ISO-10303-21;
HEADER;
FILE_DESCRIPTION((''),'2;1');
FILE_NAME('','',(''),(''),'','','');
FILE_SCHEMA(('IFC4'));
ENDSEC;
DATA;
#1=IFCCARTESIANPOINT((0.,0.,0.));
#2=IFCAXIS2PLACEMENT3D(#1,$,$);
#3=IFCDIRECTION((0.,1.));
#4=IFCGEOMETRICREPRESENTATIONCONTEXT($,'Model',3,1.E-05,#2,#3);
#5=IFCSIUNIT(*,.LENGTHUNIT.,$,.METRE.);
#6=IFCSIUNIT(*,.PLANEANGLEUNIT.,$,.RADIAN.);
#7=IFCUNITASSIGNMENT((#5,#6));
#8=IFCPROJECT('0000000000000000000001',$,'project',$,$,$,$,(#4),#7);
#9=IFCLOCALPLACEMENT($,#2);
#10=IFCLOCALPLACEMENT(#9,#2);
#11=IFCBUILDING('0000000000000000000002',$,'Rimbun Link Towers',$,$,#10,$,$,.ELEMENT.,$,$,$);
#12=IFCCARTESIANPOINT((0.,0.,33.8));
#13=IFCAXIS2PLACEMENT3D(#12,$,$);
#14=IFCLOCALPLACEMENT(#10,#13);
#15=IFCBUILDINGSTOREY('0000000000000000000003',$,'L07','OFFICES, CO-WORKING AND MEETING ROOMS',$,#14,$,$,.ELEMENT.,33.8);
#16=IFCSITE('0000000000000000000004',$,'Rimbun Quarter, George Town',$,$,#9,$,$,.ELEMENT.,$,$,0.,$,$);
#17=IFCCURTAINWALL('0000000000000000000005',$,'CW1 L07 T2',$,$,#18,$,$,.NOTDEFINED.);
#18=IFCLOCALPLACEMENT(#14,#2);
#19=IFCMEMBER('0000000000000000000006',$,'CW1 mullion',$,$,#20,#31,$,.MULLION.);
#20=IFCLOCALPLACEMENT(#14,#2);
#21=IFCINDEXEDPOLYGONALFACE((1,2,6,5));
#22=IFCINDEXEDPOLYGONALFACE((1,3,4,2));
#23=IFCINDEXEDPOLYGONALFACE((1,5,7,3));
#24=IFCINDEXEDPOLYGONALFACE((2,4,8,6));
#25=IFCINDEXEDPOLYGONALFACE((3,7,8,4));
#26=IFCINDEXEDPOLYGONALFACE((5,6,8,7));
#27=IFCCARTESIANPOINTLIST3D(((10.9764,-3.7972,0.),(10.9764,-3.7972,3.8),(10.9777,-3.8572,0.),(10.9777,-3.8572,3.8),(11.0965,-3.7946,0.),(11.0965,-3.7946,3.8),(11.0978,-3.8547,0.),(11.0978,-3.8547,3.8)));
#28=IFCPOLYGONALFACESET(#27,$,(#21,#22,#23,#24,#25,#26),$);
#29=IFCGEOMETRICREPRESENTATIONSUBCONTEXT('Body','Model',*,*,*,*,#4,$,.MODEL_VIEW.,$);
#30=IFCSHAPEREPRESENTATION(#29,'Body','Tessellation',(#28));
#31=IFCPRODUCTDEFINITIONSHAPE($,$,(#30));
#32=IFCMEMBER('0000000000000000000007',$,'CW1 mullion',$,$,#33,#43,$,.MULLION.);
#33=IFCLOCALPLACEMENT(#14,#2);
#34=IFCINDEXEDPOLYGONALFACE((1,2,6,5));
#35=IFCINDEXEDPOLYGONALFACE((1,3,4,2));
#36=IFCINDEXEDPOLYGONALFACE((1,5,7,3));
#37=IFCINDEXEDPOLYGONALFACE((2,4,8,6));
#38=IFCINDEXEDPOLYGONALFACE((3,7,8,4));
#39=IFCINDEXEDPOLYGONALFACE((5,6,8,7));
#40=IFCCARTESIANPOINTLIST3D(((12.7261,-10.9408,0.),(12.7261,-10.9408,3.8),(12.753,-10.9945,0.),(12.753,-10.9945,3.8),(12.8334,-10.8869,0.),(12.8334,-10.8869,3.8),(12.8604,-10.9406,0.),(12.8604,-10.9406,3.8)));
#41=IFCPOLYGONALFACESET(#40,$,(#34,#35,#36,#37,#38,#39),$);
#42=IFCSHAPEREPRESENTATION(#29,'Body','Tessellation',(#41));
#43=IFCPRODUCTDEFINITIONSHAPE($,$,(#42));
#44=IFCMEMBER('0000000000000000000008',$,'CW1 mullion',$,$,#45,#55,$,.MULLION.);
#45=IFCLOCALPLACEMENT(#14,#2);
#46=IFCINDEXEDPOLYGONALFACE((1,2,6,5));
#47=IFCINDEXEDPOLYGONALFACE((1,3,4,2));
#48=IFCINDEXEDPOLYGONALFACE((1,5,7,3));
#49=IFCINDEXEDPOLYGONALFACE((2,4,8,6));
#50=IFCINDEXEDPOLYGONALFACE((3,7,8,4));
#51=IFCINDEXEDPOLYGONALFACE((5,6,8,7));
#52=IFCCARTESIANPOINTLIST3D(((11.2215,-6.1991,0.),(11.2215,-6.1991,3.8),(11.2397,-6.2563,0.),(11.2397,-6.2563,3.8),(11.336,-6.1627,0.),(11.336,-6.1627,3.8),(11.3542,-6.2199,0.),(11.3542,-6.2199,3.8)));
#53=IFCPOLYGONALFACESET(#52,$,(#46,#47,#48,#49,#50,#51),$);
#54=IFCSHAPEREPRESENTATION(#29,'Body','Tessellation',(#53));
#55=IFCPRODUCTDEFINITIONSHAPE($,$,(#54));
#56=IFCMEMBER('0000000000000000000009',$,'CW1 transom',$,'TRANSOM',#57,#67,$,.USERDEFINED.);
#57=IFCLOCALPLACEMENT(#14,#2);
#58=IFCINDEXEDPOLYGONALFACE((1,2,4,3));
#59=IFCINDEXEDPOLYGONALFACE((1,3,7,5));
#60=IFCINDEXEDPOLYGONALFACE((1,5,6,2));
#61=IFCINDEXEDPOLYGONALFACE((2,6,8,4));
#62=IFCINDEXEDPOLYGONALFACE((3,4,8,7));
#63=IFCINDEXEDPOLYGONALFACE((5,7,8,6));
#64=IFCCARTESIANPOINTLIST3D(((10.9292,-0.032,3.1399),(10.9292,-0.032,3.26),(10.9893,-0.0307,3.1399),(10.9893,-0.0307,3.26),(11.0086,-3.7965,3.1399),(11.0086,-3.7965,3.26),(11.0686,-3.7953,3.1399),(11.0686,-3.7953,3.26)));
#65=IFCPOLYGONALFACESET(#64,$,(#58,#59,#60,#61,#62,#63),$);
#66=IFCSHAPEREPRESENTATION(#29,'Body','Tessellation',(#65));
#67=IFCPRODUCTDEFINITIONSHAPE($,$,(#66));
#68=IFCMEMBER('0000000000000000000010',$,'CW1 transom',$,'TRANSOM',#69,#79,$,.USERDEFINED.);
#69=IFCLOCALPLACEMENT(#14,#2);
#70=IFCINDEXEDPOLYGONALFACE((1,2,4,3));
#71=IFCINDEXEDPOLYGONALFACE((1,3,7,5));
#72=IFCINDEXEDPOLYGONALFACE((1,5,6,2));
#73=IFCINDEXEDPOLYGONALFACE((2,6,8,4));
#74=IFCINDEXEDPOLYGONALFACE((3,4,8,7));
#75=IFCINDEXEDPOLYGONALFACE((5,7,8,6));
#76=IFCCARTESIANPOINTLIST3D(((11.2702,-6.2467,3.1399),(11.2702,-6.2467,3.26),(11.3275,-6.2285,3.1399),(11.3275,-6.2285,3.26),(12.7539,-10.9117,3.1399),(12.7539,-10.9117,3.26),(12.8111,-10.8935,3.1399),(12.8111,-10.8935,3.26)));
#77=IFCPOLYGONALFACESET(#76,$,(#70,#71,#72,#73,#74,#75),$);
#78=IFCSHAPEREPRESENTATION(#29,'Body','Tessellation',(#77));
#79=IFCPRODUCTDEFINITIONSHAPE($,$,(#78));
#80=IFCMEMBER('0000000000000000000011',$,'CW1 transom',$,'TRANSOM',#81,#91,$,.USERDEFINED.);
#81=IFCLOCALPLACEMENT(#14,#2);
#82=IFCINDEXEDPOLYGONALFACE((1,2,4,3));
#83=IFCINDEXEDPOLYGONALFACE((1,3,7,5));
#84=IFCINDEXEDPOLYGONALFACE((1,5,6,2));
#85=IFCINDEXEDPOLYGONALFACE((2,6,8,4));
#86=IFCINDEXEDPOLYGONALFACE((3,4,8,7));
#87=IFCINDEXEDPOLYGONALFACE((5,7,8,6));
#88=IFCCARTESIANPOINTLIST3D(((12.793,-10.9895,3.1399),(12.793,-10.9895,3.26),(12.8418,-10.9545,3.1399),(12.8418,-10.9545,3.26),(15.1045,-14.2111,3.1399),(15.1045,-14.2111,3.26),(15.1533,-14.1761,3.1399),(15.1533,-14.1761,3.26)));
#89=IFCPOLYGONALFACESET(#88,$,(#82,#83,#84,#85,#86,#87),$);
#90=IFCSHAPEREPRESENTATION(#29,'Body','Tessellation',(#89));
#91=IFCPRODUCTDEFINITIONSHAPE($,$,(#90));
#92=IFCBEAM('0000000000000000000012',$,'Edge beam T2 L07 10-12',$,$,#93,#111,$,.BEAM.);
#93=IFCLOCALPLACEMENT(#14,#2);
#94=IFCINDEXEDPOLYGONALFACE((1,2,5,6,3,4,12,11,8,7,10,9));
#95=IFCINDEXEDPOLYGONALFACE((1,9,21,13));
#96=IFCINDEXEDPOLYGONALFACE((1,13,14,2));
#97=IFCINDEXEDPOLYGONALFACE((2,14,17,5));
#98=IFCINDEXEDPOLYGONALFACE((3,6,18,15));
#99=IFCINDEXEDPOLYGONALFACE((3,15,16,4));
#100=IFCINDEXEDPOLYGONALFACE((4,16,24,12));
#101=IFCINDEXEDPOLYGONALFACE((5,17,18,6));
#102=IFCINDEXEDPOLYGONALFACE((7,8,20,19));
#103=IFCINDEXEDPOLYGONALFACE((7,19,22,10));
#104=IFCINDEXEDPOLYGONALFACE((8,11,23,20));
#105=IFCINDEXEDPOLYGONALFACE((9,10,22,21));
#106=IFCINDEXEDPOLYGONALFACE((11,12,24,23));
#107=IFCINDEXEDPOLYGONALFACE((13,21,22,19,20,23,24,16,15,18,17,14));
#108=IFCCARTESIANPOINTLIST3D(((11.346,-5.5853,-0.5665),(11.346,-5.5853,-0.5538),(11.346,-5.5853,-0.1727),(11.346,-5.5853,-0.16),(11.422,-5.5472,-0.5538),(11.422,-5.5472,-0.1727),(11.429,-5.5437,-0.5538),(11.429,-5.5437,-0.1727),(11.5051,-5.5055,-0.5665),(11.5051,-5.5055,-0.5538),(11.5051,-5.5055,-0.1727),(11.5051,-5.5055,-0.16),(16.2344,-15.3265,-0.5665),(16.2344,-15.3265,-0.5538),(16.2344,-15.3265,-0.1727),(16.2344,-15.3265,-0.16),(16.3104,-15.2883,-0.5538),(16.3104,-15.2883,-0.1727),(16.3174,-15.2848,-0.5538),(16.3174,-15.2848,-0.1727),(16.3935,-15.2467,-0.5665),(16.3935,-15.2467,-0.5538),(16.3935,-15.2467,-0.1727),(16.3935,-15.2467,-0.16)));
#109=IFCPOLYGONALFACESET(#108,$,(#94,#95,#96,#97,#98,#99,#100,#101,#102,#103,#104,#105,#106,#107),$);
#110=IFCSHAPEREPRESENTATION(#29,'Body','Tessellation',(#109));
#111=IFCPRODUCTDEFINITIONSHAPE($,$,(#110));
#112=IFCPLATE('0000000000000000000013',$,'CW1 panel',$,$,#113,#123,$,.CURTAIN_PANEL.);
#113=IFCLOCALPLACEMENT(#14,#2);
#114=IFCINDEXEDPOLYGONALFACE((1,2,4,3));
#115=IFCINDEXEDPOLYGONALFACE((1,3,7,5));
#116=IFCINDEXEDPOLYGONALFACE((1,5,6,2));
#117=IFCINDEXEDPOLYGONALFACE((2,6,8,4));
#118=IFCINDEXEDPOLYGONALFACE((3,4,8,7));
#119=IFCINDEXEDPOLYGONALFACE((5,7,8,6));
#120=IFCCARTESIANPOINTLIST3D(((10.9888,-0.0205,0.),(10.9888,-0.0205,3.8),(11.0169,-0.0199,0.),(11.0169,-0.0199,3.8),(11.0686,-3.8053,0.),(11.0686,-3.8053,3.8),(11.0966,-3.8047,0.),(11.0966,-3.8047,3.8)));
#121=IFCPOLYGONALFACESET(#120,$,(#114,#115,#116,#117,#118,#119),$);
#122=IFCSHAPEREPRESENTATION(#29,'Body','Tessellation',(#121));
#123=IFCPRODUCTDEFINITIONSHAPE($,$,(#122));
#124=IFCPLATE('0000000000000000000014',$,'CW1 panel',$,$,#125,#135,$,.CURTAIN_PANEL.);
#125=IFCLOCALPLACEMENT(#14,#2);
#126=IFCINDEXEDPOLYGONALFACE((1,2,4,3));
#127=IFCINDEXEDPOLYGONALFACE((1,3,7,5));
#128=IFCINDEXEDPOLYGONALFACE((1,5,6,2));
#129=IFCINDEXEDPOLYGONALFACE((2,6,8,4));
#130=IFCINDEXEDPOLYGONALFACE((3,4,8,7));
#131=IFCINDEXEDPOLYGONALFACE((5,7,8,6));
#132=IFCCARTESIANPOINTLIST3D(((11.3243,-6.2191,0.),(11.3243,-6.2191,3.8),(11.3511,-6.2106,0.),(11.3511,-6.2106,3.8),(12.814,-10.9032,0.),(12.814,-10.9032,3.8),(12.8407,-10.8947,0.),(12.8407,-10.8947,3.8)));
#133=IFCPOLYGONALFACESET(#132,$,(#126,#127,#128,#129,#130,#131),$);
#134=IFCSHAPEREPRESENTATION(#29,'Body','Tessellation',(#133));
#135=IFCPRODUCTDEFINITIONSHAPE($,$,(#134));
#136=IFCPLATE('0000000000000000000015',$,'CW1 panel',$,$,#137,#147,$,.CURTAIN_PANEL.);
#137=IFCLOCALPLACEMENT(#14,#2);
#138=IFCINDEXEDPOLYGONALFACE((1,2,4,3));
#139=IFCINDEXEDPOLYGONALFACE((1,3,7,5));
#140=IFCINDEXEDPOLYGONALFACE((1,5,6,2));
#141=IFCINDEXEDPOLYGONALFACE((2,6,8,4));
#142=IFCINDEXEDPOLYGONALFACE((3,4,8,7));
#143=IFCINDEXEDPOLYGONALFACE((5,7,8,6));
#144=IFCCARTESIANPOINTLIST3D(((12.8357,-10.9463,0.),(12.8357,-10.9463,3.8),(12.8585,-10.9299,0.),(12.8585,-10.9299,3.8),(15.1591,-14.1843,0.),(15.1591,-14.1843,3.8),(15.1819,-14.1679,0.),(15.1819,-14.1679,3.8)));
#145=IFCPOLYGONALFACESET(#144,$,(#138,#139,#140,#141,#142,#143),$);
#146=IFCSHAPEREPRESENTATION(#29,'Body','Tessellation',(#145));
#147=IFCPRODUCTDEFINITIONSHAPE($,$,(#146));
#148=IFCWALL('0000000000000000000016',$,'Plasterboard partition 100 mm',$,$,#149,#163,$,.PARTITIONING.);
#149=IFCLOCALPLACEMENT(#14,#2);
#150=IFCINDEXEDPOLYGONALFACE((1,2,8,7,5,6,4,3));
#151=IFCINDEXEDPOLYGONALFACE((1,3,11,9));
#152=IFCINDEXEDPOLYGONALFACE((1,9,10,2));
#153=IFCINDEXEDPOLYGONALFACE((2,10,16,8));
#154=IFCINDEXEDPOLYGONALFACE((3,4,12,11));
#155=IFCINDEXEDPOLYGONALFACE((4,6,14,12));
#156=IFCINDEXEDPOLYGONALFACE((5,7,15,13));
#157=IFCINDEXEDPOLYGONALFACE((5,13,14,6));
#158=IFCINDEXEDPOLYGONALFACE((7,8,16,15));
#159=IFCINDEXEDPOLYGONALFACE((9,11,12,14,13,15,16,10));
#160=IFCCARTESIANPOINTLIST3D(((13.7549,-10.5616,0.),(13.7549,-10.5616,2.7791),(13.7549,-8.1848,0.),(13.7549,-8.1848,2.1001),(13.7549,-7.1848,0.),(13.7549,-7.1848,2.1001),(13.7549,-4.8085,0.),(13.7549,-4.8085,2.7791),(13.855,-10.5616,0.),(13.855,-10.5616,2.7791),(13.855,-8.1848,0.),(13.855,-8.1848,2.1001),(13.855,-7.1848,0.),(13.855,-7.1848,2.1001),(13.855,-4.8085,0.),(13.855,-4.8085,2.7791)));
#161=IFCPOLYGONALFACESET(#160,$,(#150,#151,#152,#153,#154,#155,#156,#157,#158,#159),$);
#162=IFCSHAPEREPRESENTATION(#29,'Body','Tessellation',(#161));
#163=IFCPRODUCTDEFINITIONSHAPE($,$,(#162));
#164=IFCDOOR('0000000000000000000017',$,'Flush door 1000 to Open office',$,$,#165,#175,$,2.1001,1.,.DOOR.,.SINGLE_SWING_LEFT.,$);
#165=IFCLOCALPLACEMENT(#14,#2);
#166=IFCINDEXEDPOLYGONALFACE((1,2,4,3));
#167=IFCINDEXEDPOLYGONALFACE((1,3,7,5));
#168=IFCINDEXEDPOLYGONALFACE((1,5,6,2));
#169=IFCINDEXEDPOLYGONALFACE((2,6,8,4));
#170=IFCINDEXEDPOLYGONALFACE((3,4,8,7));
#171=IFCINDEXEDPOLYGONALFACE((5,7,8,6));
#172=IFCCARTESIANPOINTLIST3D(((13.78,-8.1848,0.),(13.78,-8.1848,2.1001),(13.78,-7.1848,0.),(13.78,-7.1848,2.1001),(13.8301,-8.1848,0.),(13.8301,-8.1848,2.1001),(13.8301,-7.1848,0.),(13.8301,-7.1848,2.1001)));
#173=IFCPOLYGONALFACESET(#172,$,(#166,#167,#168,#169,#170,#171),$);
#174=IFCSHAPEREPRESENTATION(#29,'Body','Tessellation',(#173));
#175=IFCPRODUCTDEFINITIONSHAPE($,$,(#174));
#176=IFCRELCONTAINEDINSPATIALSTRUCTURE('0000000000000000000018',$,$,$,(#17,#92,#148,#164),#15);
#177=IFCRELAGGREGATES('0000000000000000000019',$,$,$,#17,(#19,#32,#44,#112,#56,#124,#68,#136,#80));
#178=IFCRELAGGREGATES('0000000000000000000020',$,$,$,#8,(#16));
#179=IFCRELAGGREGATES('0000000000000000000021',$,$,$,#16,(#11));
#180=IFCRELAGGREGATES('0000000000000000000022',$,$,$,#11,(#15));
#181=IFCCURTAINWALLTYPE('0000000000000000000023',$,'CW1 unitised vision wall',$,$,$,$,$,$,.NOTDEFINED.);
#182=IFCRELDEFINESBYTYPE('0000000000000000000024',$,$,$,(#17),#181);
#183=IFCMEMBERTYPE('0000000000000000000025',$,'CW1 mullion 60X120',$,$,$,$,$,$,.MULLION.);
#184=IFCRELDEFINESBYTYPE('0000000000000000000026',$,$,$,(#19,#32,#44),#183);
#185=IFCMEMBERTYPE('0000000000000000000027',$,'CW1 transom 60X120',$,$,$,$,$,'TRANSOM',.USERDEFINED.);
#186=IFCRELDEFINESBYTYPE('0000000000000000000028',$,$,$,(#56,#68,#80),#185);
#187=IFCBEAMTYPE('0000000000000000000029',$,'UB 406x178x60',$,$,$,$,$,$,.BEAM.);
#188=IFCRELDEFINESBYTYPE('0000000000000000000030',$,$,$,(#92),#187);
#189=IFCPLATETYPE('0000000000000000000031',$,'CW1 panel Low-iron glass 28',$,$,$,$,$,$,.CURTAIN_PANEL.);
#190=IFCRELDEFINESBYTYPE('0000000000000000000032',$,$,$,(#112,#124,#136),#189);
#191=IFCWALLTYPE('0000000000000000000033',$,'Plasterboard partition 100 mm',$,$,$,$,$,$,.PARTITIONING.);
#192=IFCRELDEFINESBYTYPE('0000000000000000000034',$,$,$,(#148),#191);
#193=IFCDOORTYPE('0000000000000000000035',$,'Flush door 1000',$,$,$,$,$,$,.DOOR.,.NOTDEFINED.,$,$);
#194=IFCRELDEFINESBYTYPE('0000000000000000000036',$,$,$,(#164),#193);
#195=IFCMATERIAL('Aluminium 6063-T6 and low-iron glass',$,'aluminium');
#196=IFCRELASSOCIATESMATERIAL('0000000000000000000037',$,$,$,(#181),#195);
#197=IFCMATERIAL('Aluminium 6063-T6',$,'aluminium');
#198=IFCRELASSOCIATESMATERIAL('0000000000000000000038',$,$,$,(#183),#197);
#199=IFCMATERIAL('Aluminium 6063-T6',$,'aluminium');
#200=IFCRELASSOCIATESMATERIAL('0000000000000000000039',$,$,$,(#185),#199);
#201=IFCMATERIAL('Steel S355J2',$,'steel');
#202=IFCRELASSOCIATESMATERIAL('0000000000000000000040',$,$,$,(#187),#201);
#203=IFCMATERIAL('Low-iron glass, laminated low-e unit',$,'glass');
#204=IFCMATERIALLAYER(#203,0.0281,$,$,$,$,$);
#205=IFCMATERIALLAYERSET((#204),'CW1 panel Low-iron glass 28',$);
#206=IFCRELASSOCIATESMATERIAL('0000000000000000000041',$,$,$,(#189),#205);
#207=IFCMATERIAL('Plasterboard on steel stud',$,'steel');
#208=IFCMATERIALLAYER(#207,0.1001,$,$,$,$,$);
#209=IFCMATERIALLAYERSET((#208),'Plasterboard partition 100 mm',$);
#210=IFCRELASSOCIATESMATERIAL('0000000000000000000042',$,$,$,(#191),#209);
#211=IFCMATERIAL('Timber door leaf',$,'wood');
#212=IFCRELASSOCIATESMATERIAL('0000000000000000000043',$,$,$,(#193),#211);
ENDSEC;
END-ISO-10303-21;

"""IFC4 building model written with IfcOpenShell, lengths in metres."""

from ifc_helpers import new_model, si_unit, direction, frame, frame_2d, origin, origin_2d, place, context, subcontext, project, spatial, rectangle, i_section, extrude, material, layer, layer_set, material_profile, profile_set, type_object, element, fill, aggregate, save


model = new_model("IFC4")

# Units and contexts
model_context = context("Model", 3, precision=1e-05, world=origin(), true_north=direction((0.0, 1.0)))
body_context = subcontext(model_context, "Body", "Model", "MODEL_VIEW")
ifc_project = project(units=[si_unit("LENGTHUNIT", "METRE"), si_unit("PLANEANGLEUNIT", "RADIAN")], contexts=[model_context])

# Site, building, storey
site_placement = place(None, origin())
site = spatial("IfcSite", under=ifc_project, at=site_placement, Name="Rimbun Quarter, George Town", CompositionType="ELEMENT", RefElevation=0.0)
building_placement = place(site_placement, origin())
building = spatial("IfcBuilding", under=site, at=building_placement, Name="Rimbun Link Towers", CompositionType="ELEMENT")
storey_placement = place(building_placement, frame((0.0, 0.0, 33.8)))
storey = spatial("IfcBuildingStorey", under=building, at=storey_placement, Name="L07", Description="OFFICES, CO-WORKING AND MEETING ROOMS", CompositionType="ELEMENT", Elevation=33.8)

# Curtain wall, members
ifc_material_1 = material(Name="Aluminium 6063-T6 and low-iron glass", Category="aluminium")
curtain_wall_type = type_object("IfcCurtainWallType", Name="CW1 unitised vision wall", PredefinedType="NOTDEFINED", material=ifc_material_1)
curtain_wall_placement = place(storey_placement, origin())
curtain_wall = element("IfcCurtainWall", 1, at=curtain_wall_placement, inside=storey, type_object=curtain_wall_type, Name="CW1 L07 T2", PredefinedType="NOTDEFINED")
ifc_material_2 = material(Name="Aluminium 6063-T6", Category="aluminium")
ifc_material_profile_1 = material_profile(ifc_material_2, rectangle(XDim=0.1201, YDim=0.0601, at=origin_2d()), Name="MULLION 60X120")
ifc_profile_set_1 = profile_set([ifc_material_profile_1], Name="Aluminium 6063-T6")
member_type_1 = type_object("IfcMemberType", Name="CW1 mullion 60X120", PredefinedType="MULLION", material=ifc_profile_set_1)
member_1_placement = place(storey_placement, frame((11.0371, -3.8259, 0.0), z_axis=(0.0, 0.0, 1.0), x_axis=(-0.999778, -0.021066, 0.0)))
member_1 = element("IfcMember", 2, at=member_1_placement, type_object=member_type_1, Name="CW1 mullion", PredefinedType="MULLION", context=body_context, shape_type="SweptSolid", body=[
    extrude(rectangle(XDim=0.1201, YDim=0.0601, at=origin_2d()), origin(), (0.0, 0.0, 1.0), 3.8),
])
member_2_placement = place(storey_placement, frame((12.7932, -10.9407, 0.0), z_axis=(0.0, 0.0, 1.0), x_axis=(-0.893747, -0.44857, 0.0)))
member_2 = element("IfcMember", 3, at=member_2_placement, type_object=member_type_1, Name="CW1 mullion", PredefinedType="MULLION", context=body_context, shape_type="SweptSolid", body=[
    extrude(rectangle(XDim=0.1201, YDim=0.0601, at=origin_2d()), origin(), (0.0, 0.0, 1.0), 3.8),
])
member_3_placement = place(storey_placement, frame((11.2878, -6.2095, 0.0), z_axis=(0.0, 0.0, 1.0), x_axis=(-0.952967, -0.303074, 0.0)))
member_3 = element("IfcMember", 4, at=member_3_placement, type_object=member_type_1, Name="CW1 mullion", PredefinedType="MULLION", context=body_context, shape_type="SweptSolid", body=[
    extrude(rectangle(XDim=0.1201, YDim=0.0601, at=origin_2d()), origin(), (0.0, 0.0, 1.0), 3.8),
])
ifc_material_3 = material(Name="Aluminium 6063-T6", Category="aluminium")
ifc_material_profile_2 = material_profile(ifc_material_3, rectangle(XDim=0.0601, YDim=0.1201, at=origin_2d()), Name="TRANSOM 60X120")
ifc_profile_set_2 = profile_set([ifc_material_profile_2], Name="Aluminium 6063-T6")
member_type_2 = type_object("IfcMemberType", Name="CW1 transom 60X120", ElementType="TRANSOM", PredefinedType="USERDEFINED", material=ifc_profile_set_2)
member_4_placement = place(storey_placement, frame((11.0386, -3.7959, 3.2), z_axis=(-0.021072, 0.999778, 0.0), x_axis=(-0.999778, -0.021072, 0.0)))
member_4 = element("IfcMember", 5, at=member_4_placement, type_object=member_type_2, Name="CW1 transom", ObjectType="TRANSOM", PredefinedType="USERDEFINED", context=body_context, shape_type="SweptSolid", body=[
    extrude(rectangle(XDim=0.0601, YDim=0.1201, at=origin_2d()), origin(), (0.0, 0.0, 1.0), 3.7654),
])
member_5_placement = place(storey_placement, frame((12.7825, -10.9026, 3.2), z_axis=(-0.303076, 0.952966, 0.0), x_axis=(-0.952966, -0.303076, 0.0)))
member_5 = element("IfcMember", 6, at=member_5_placement, type_object=member_type_2, Name="CW1 transom", ObjectType="TRANSOM", PredefinedType="USERDEFINED", context=body_context, shape_type="SweptSolid", body=[
    extrude(rectangle(XDim=0.0601, YDim=0.1201, at=origin_2d()), origin(), (0.0, 0.0, 1.0), 4.8953),
])
member_6_placement = place(storey_placement, frame((15.1289, -14.1936, 3.2), z_axis=(-0.582961, 0.8125, 0.0), x_axis=(-0.8125, -0.582961, 0.0)))
member_6 = element("IfcMember", 7, at=member_6_placement, type_object=member_type_2, Name="CW1 transom", ObjectType="TRANSOM", PredefinedType="USERDEFINED", context=body_context, shape_type="SweptSolid", body=[
    extrude(rectangle(XDim=0.0601, YDim=0.1201, at=origin_2d()), origin(), (0.0, 0.0, 1.0), 3.9651),
])

# Beam
ifc_material_4 = material(Name="Steel S355J2", Category="steel")
ifc_material_profile_3 = material_profile(ifc_material_4, i_section(OverallWidth=0.178, OverallDepth=0.4065, WebThickness=0.0078, FlangeThickness=0.0127, at=origin_2d()), Name="UB 406x178x60")
ifc_profile_set_3 = profile_set([ifc_material_profile_3], Name="Steel S355J2")
beam_type = type_object("IfcBeamType", Name="UB 406x178x60", PredefinedType="BEAM", material=ifc_profile_set_3)
beam_placement = place(storey_placement, frame((11.4255, -5.5454, -0.3633), z_axis=(0.448521, -0.893772, 0.0), x_axis=(0.893772, 0.448521, 0.0)))
element("IfcBeam", 8, at=beam_placement, inside=storey, type_object=beam_type, Name="Edge beam T2 L07 10-12", PredefinedType="BEAM", context=body_context, shape_type="SweptSolid", body=[
    extrude(i_section(OverallWidth=0.178, OverallDepth=0.4065, WebThickness=0.0078, FlangeThickness=0.0127, at=origin_2d()), origin(), (0.0, 0.0, 1.0), 10.8989),
])

# Plates
ifc_material_5 = material(Name="Low-iron glass, laminated low-e unit", Category="glass")
ifc_layer_1 = layer(ifc_material_5, 0.0281)
ifc_layer_set_1 = layer_set([ifc_layer_1], Name="CW1 panel Low-iron glass 28")
plate_type = type_object("IfcPlateType", Name="CW1 panel Low-iron glass 28", PredefinedType="CURTAIN_PANEL", material=ifc_layer_set_1)
plate_1_placement = place(storey_placement, frame((11.0427, -1.9126, 0.0), z_axis=(0.0, 0.0, 1.0), x_axis=(-0.021066, 0.999778, 0.0)))
plate_1 = element("IfcPlate", 9, at=plate_1_placement, type_object=plate_type, Name="CW1 panel", PredefinedType="CURTAIN_PANEL", context=body_context, shape_type="SweptSolid", body=[
    extrude(rectangle(XDim=3.7856, YDim=0.0281, at=origin_2d()), origin(), (0.0, 0.0, 1.0), 3.8),
])
plate_2_placement = place(storey_placement, frame((12.0825, -8.5569, 0.0), z_axis=(0.0, 0.0, 1.0), x_axis=(-0.303074, 0.952967, 0.0)))
plate_2 = element("IfcPlate", 10, at=plate_2_placement, type_object=plate_type, Name="CW1 panel", PredefinedType="CURTAIN_PANEL", context=body_context, shape_type="SweptSolid", body=[
    extrude(rectangle(XDim=4.9153, YDim=0.0281, at=origin_2d()), origin(), (0.0, 0.0, 1.0), 3.8),
])
plate_3_placement = place(storey_placement, frame((14.0088, -12.5571, 0.0), z_axis=(0.0, 0.0, 1.0), x_axis=(-0.582998, 0.812474, 0.0)))
plate_3 = element("IfcPlate", 11, at=plate_3_placement, type_object=plate_type, Name="CW1 panel", PredefinedType="CURTAIN_PANEL", context=body_context, shape_type="SweptSolid", body=[
    extrude(rectangle(XDim=3.9854, YDim=0.0281, at=origin_2d()), origin(), (0.0, 0.0, 1.0), 3.8),
])
aggregate(curtain_wall, [member_1, member_2, member_3, plate_1, member_4, plate_2, member_5, plate_3, member_6])

# Wall, opening, door
ifc_material_6 = material(Name="Plasterboard on steel stud", Category="steel")
ifc_layer_2 = layer(ifc_material_6, 0.1001)
ifc_layer_set_2 = layer_set([ifc_layer_2], Name="Plasterboard partition 100 mm")
wall_type = type_object("IfcWallType", Name="Plasterboard partition 100 mm", PredefinedType="PARTITIONING", material=ifc_layer_set_2)
wall_1_placement = place(storey_placement, frame((13.8049, -10.5615, 0.0), z_axis=(0.0, 0.0, 1.0), x_axis=(0.0, 1.0, 0.0)))
wall_1 = element("IfcWall", 12, at=wall_1_placement, inside=storey, type_object=wall_type, Name="Plasterboard partition 100 mm", PredefinedType="PARTITIONING", context=body_context, shape_type="SweptSolid", body=[
    extrude(rectangle(XDim=5.7532, YDim=0.1001, at=frame_2d((2.8765, 0.0))), origin(), (0.0, 0.0, 1.0), 2.7791),
])
opening_placement = place(wall_1_placement, frame((2.3767, 0.0, 0.0)))
opening = element("IfcOpeningElement", 13, at=opening_placement, cuts=wall_1, PredefinedType="OPENING", context=body_context, shape_type="SweptSolid", body=[
    extrude(rectangle(XDim=1.0, YDim=2.1001, at=frame_2d((0.5, 1.05))), frame((0.0, 0.0601, 0.0), z_axis=(0.0, -1.0, 0.0), x_axis=(1.0, 0.0, 0.0)), (0.0, 0.0, 1.0), 0.1201),
])
ifc_material_7 = material(Name="Timber door leaf", Category="wood")
door_type = type_object("IfcDoorType", Name="Flush door 1000", OperationType="NOTDEFINED", PredefinedType="DOOR", material=ifc_material_7)
door_placement = place(opening_placement, origin())
door = element("IfcDoor", 14, at=door_placement, inside=storey, type_object=door_type, Name="Flush door 1000 to Open office", OperationType="SINGLE_SWING_LEFT", OverallHeight=2.1001, OverallWidth=1.0, PredefinedType="DOOR", context=body_context, shape_type="SweptSolid", body=[
    extrude(rectangle(XDim=1.0, YDim=2.1001, at=frame_2d((0.5, 1.05))), frame((0.0, 0.0249, 0.0), z_axis=(0.0, -1.0, 0.0), x_axis=(1.0, 0.0, 0.0)), (0.0, 0.0, 1.0), 0.05),
])
fill(opening, door)

save(model, "model.ifc")
